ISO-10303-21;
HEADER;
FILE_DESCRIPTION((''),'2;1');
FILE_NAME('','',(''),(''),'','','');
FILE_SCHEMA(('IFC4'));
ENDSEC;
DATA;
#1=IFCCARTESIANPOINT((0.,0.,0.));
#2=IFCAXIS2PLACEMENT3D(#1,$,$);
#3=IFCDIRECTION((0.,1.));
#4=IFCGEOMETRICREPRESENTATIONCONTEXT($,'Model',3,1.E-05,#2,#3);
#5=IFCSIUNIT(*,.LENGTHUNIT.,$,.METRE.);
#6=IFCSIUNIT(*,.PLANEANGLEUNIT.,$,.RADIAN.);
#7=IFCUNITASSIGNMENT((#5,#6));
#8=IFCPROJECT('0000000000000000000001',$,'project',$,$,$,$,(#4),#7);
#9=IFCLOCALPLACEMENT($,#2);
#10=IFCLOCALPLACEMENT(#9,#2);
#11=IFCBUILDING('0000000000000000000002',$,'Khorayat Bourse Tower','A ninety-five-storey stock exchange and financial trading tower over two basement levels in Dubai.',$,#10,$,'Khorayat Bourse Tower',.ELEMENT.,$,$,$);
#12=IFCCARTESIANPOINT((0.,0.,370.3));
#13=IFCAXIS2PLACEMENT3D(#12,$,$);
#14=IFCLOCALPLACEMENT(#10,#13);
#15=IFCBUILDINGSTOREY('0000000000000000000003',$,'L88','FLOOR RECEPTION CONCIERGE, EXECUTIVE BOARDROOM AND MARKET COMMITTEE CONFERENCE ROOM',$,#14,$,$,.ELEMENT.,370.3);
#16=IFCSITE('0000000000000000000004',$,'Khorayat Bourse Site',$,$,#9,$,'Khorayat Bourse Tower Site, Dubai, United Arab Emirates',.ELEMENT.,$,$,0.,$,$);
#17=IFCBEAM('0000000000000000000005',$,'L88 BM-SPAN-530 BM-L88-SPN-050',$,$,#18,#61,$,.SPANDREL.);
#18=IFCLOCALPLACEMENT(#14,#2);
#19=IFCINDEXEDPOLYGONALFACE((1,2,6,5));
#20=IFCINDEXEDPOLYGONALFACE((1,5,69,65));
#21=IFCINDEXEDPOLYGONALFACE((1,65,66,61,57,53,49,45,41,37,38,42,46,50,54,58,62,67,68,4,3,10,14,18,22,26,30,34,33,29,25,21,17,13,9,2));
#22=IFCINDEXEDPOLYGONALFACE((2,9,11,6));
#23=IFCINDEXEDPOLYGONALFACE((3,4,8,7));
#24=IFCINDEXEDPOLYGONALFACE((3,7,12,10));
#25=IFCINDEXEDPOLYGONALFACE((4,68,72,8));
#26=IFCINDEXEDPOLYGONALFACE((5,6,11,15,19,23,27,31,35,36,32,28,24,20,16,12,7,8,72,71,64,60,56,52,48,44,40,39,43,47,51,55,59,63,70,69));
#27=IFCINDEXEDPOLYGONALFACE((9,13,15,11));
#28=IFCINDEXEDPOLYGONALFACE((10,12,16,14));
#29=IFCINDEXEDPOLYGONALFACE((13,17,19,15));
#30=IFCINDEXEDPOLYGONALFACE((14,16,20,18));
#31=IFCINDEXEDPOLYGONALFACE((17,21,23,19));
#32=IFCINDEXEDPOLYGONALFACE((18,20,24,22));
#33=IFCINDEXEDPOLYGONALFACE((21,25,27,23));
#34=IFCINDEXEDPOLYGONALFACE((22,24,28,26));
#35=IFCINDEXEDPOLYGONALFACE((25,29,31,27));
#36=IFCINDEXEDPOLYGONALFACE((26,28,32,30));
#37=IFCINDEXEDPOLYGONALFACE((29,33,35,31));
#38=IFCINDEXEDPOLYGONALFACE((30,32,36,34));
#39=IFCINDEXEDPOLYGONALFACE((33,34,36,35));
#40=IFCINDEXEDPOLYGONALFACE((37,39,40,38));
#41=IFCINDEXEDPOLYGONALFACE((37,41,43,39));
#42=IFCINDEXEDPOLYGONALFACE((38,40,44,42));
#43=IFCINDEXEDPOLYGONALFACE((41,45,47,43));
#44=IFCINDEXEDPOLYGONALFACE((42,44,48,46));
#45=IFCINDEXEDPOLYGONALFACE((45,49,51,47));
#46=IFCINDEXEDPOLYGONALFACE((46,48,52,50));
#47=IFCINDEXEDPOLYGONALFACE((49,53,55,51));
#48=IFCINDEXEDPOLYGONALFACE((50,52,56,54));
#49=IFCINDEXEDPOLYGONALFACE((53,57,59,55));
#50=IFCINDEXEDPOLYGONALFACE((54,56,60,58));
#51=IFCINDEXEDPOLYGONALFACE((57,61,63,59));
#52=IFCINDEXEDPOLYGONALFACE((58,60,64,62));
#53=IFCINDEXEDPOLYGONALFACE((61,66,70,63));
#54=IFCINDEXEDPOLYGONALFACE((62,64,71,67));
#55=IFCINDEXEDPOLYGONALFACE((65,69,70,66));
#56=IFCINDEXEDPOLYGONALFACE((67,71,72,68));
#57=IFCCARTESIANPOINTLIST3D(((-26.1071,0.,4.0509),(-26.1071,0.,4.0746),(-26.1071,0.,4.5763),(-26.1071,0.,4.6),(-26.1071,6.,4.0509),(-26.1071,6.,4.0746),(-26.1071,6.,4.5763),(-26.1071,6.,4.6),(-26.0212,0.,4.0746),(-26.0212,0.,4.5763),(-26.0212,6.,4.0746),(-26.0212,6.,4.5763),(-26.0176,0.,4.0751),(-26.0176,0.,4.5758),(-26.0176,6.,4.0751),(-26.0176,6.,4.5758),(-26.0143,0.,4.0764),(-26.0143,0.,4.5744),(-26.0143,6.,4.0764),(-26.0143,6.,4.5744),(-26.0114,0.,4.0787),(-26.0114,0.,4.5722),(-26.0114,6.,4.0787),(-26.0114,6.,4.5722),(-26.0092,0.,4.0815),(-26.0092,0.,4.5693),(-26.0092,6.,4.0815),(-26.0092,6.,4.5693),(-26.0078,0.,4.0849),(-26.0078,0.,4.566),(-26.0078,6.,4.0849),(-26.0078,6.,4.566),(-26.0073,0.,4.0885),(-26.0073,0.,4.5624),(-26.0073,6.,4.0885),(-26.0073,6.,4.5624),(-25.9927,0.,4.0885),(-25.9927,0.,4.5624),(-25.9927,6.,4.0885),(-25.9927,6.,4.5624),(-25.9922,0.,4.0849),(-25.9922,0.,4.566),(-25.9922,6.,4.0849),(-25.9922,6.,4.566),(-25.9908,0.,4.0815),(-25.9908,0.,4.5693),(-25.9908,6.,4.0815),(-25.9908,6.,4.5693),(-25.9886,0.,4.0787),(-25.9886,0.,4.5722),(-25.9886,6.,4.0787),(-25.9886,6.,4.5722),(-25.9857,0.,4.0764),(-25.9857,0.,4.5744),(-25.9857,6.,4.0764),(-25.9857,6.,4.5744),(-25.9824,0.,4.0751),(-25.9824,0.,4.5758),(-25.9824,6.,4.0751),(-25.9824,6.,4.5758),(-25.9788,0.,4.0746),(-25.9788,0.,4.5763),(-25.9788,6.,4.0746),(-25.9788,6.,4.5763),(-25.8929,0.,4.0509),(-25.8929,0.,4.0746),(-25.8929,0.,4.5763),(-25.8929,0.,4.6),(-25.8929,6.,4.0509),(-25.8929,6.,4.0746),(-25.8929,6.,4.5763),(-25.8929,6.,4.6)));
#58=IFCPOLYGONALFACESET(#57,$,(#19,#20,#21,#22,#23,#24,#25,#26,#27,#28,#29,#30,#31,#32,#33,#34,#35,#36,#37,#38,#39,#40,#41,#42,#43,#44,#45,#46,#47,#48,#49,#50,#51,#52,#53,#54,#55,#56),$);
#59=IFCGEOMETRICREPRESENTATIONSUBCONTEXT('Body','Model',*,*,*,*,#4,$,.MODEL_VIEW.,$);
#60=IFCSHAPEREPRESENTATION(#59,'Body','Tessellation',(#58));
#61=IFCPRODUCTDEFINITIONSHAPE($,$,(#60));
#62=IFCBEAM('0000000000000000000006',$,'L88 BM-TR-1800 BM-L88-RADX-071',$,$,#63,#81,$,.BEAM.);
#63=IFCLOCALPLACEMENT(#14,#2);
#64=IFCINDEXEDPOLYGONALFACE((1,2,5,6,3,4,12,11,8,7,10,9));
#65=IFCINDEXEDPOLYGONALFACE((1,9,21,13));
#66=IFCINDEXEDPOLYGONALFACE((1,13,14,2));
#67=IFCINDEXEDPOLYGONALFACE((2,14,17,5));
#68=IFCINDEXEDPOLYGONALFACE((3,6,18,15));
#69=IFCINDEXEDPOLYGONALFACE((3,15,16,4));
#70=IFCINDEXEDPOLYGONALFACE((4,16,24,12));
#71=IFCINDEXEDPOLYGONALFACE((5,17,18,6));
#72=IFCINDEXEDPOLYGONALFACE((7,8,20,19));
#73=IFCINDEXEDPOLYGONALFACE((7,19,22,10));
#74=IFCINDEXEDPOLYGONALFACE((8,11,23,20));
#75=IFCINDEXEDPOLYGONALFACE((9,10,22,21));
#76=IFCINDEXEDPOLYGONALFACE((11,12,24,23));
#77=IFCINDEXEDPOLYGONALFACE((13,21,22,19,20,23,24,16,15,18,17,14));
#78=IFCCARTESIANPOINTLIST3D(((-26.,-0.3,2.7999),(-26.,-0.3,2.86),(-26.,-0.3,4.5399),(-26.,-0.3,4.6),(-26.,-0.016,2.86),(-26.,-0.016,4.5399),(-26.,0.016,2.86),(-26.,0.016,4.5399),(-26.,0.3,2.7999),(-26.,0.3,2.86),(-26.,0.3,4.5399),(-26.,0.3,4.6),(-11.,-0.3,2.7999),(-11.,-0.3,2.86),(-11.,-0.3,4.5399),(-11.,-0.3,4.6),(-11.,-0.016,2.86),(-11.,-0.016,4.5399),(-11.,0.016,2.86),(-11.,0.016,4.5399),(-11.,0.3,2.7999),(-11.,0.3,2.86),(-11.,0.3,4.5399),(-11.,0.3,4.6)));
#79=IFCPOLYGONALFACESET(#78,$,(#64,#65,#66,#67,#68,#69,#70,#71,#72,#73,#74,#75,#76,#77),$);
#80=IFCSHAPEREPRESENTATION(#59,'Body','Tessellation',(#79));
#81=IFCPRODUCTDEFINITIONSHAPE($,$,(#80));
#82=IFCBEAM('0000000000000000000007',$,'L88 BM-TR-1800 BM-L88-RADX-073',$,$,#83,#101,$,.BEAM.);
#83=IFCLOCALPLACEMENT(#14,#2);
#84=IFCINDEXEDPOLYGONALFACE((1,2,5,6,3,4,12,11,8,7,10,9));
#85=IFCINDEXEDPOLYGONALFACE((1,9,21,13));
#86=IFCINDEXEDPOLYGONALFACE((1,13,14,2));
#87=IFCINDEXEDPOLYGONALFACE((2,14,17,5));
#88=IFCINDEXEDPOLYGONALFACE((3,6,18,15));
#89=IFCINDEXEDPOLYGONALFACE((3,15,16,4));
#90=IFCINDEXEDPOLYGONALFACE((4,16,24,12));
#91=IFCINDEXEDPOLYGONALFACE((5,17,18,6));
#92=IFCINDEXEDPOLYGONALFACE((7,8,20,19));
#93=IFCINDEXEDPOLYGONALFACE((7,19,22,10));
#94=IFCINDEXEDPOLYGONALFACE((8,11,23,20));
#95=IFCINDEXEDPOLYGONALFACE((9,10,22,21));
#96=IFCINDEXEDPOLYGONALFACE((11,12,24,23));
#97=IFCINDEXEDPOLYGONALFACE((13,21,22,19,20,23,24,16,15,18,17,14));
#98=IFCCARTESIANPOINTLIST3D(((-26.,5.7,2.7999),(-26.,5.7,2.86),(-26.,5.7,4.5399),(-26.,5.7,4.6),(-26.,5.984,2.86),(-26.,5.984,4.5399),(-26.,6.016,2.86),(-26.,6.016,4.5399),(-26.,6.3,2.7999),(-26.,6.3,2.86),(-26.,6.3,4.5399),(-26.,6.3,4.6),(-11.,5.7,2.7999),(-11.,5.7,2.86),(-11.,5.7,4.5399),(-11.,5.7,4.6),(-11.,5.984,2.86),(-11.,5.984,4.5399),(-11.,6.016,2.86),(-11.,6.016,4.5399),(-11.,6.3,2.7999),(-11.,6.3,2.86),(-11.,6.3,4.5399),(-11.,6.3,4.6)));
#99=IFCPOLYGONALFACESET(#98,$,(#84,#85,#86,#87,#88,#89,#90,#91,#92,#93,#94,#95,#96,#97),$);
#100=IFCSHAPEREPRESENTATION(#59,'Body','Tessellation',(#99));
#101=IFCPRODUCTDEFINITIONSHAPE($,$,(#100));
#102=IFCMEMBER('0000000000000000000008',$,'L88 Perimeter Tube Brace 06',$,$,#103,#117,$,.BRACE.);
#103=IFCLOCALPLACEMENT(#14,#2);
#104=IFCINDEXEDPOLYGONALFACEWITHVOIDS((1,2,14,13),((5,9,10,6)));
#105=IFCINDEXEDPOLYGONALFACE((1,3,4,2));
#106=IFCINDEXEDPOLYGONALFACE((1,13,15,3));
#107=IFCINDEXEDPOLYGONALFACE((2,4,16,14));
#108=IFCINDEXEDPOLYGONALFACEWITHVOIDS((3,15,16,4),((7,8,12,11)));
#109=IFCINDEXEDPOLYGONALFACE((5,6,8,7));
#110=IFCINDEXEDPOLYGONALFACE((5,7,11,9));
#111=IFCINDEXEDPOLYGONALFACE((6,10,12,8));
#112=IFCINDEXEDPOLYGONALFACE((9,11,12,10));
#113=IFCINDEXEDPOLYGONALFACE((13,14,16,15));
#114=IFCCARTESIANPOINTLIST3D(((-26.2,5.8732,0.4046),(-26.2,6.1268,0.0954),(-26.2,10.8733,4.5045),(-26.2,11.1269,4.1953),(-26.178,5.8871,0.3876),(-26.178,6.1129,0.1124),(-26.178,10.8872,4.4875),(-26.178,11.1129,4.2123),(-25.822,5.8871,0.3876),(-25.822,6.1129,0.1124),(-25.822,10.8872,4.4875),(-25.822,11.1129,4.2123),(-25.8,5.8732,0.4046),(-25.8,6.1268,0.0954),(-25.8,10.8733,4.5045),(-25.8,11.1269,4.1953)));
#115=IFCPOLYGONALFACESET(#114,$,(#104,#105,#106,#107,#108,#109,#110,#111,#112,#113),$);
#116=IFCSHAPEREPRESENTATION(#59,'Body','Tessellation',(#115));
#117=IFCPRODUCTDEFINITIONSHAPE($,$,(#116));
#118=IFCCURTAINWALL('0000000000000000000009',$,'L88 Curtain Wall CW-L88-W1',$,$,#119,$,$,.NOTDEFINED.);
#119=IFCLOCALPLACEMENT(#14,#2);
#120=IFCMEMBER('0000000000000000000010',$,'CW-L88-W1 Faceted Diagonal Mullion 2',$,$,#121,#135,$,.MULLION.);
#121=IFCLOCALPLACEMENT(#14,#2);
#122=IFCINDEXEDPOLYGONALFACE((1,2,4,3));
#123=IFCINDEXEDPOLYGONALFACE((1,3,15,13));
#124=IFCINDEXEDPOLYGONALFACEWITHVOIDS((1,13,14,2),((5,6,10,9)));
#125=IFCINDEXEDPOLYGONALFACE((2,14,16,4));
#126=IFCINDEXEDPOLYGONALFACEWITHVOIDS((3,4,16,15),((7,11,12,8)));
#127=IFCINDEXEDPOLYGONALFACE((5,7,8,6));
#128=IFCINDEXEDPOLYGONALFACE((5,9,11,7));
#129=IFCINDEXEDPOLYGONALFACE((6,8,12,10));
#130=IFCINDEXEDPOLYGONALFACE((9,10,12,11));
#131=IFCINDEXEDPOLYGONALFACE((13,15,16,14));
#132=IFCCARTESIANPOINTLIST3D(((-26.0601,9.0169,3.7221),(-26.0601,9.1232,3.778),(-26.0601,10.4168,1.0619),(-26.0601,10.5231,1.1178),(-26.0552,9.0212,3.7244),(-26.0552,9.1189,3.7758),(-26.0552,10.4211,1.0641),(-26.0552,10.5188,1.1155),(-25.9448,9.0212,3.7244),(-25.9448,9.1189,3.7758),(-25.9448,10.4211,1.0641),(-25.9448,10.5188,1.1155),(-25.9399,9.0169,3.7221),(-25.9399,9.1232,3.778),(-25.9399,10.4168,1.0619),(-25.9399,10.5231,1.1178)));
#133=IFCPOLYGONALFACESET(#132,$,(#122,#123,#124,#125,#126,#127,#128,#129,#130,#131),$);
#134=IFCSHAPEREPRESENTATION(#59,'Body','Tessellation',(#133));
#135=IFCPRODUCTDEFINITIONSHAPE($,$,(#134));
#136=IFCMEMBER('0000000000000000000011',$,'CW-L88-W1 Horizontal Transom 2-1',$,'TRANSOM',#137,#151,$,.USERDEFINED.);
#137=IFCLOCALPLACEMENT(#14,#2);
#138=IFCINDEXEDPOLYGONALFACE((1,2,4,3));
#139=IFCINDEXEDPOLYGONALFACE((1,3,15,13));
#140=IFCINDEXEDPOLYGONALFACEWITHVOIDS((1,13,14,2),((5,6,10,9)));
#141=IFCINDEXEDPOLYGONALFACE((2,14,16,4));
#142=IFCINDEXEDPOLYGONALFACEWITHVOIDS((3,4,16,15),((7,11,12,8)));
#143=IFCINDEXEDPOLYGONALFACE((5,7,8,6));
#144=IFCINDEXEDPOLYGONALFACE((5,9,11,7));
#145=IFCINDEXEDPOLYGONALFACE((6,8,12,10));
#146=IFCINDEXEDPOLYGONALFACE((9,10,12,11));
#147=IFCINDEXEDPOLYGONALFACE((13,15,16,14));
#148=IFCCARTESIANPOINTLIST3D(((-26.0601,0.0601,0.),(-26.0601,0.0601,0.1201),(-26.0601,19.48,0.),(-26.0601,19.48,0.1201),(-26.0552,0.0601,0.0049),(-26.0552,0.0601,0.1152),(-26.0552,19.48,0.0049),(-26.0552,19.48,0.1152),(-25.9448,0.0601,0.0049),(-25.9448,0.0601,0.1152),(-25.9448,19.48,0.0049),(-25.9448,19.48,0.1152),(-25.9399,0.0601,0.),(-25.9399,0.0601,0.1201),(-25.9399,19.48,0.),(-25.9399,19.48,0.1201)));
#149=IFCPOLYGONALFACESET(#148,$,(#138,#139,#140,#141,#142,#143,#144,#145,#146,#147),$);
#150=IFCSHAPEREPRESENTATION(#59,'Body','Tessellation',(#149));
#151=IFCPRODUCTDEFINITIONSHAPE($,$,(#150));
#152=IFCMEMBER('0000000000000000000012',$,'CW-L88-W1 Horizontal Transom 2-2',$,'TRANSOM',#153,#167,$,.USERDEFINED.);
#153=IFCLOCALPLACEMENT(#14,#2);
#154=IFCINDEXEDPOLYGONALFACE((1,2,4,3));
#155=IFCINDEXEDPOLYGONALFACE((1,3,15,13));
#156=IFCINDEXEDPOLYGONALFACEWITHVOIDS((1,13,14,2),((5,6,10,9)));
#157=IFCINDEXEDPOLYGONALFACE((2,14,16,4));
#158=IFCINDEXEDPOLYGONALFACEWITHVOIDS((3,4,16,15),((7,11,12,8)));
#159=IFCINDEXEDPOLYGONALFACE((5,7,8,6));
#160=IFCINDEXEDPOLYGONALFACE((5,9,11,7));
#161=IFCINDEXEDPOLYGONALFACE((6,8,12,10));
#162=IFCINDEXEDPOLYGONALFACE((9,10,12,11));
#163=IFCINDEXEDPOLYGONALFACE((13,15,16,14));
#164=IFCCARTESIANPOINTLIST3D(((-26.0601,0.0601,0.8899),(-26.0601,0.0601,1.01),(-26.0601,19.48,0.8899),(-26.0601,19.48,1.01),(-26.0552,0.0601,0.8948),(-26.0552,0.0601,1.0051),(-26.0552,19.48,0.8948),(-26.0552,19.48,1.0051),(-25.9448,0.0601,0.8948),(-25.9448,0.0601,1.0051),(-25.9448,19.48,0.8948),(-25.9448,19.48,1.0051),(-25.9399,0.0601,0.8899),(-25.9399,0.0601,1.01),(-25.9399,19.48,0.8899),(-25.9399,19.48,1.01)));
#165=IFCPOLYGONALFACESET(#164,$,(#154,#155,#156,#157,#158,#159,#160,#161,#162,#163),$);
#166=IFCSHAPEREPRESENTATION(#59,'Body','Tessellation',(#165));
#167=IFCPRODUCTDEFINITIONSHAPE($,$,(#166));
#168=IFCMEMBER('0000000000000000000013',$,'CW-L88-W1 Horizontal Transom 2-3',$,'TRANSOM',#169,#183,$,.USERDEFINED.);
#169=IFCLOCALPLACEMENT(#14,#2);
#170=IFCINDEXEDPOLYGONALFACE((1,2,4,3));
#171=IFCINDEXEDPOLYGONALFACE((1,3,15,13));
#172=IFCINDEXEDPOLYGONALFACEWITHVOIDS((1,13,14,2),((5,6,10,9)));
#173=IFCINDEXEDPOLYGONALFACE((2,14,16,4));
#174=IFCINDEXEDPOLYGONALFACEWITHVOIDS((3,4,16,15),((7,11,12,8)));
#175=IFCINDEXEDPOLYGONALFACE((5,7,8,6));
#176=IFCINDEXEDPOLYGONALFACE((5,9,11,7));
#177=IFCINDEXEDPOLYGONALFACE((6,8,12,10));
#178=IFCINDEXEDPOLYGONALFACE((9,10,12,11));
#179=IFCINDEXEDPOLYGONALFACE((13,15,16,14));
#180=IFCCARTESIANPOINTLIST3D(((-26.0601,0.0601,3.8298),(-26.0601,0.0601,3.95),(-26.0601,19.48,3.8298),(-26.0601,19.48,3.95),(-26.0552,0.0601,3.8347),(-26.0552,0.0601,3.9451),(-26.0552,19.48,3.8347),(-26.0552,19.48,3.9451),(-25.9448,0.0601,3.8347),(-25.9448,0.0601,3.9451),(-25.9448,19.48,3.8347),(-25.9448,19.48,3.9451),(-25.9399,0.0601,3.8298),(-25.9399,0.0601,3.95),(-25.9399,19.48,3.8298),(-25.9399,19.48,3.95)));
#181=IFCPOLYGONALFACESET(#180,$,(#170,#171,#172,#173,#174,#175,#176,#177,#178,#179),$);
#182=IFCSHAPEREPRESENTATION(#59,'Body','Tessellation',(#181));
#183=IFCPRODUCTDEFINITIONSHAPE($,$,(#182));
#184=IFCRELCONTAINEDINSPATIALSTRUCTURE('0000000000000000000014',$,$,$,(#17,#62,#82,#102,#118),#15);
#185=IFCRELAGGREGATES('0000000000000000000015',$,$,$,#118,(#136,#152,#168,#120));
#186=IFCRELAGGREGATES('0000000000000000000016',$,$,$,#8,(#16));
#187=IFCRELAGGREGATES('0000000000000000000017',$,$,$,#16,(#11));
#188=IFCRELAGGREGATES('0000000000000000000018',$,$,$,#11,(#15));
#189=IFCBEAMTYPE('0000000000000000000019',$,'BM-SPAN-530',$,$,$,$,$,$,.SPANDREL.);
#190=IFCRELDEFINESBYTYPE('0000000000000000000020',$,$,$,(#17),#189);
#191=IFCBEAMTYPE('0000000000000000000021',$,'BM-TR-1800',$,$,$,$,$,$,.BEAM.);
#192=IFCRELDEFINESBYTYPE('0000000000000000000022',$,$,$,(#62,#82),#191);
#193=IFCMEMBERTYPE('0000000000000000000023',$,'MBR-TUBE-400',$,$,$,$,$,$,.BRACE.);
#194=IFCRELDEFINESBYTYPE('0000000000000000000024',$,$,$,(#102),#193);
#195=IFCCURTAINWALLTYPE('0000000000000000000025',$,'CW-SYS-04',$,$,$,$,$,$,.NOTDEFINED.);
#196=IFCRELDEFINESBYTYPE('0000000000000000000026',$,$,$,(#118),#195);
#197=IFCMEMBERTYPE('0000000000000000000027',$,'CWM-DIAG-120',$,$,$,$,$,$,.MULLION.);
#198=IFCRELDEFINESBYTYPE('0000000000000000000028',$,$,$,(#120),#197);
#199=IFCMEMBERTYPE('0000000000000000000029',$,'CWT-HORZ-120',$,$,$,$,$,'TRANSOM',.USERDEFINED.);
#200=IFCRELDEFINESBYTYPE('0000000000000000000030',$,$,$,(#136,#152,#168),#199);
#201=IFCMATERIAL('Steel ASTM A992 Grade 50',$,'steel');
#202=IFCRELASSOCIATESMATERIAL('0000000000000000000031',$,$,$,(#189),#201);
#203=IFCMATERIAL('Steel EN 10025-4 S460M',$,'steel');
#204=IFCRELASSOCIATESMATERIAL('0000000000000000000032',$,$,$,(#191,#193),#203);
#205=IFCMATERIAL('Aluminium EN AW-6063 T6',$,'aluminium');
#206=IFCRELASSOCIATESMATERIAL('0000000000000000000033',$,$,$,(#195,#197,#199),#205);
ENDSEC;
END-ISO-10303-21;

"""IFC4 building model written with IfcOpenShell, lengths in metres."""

from ifc_helpers import new_model, si_unit, direction, frame, origin, origin_2d, place, context, subcontext, project, spatial, hollow_rectangle, i_section, extrude, source, transform, mapped, material, material_profile, profile_set, type_object, element, aggregate, save


model = new_model("IFC4")

# Units and contexts
model_context = context("Model", 3, precision=1e-05, world=origin(), true_north=direction((0.0, 1.0)))
body_context = subcontext(model_context, "Body", "Model", "MODEL_VIEW")
ifc_project = project(units=[si_unit("LENGTHUNIT", "METRE"), si_unit("PLANEANGLEUNIT", "RADIAN")], contexts=[model_context])

# Site, building, storey
site_placement = place(None, origin())
site = spatial("IfcSite", under=ifc_project, at=site_placement, Name="Khorayat Bourse Site", LongName="Khorayat Bourse Tower Site, Dubai, United Arab Emirates", CompositionType="ELEMENT", RefElevation=0.0)
building_placement = place(site_placement, origin())
building = spatial("IfcBuilding", under=site, at=building_placement, Name="Khorayat Bourse Tower", Description="A ninety-five-storey stock exchange and financial trading tower over two basement levels in Dubai.", LongName="Khorayat Bourse Tower", CompositionType="ELEMENT")
storey_placement = place(building_placement, frame((0.0, 0.0, 370.3)))
storey = spatial("IfcBuildingStorey", under=building, at=storey_placement, Name="L88", Description="FLOOR RECEPTION CONCIERGE, EXECUTIVE BOARDROOM AND MARKET COMMITTEE CONFERENCE ROOM", CompositionType="ELEMENT", Elevation=370.3)

# Beams
ifc_material_1 = material(Name="Steel ASTM A992 Grade 50", Category="steel")
ifc_material_profile_1 = material_profile(ifc_material_1, i_section(OverallWidth=0.2141, OverallDepth=0.5491, WebThickness=0.0146, FlangeThickness=0.0237, FilletRadius=0.0139, at=origin_2d()), Name="W530X138")
ifc_profile_set_1 = profile_set([ifc_material_profile_1], Name="Steel ASTM A992 Grade 50")
beam_type_1 = type_object("IfcBeamType", Name="BM-SPAN-530", PredefinedType="SPANDREL", material=ifc_profile_set_1)
shared_shape_1 = source(origin(), body_context, "Body", "SweptSolid", [
    extrude(i_section(OverallWidth=0.2141, OverallDepth=0.5491, WebThickness=0.0146, FlangeThickness=0.0237, FilletRadius=0.0139, at=origin_2d()), origin(), (0.0, 0.0, 1.0), 6.0),
])
beam_1_placement = place(storey_placement, frame((-26.0, 0.0, 4.3254), z_axis=(0.0, 1.0, 0.0), x_axis=(-1.0, 0.0, 0.0)))
element("IfcBeam", 1, at=beam_1_placement, inside=storey, type_object=beam_type_1, Name="L88 BM-SPAN-530 BM-L88-SPN-050", PredefinedType="SPANDREL", context=body_context, shape_type="MappedRepresentation", body=[
    mapped(shared_shape_1, transform((0.0, 0.0, 0.0), scale=1.0)),
])
ifc_material_2 = material(Name="Steel EN 10025-4 S460M", Category="steel")
ifc_material_profile_2 = material_profile(ifc_material_2, i_section(OverallWidth=0.6001, OverallDepth=1.8, WebThickness=0.032, FlangeThickness=0.0601, at=origin_2d()), Name="PG 1800x600x32x60")
ifc_profile_set_2 = profile_set([ifc_material_profile_2], Name="Steel EN 10025-4 S460M")
beam_type_2 = type_object("IfcBeamType", Name="BM-TR-1800", PredefinedType="BEAM", material=ifc_profile_set_2)
shared_shape_2 = source(origin(), body_context, "Body", "SweptSolid", [
    extrude(i_section(OverallWidth=0.6001, OverallDepth=1.8, WebThickness=0.032, FlangeThickness=0.0601, at=origin_2d()), origin(), (0.0, 0.0, 1.0), 15.0),
])
for number, where, z_axis, x_axis, name in (
    (2, (-26.0, 0.0, 3.7), (1.0, 0.0, 0.0), (0.0, 1.0, 0.0), "L88 BM-TR-1800 BM-L88-RADX-071"),
    (3, (-26.0, 6.0, 3.7), (1.0, 0.0, 0.0), (0.0, 1.0, 0.0), "L88 BM-TR-1800 BM-L88-RADX-073"),
):
    element("IfcBeam", number, at=place(storey_placement, frame(where, z_axis=z_axis, x_axis=x_axis)), inside=storey, type_object=beam_type_2, Name=name, PredefinedType="BEAM", context=body_context, shape_type="MappedRepresentation", body=[
        mapped(shared_shape_2, transform((0.0, 0.0, 0.0), scale=1.0)),
    ])

# Member
ifc_material_profile_3 = material_profile(ifc_material_2, hollow_rectangle(XDim=0.3999, YDim=0.3999, WallThickness=0.022, at=origin_2d()), Name="HSS 400x400x22")
ifc_profile_set_3 = profile_set([ifc_material_profile_3], Name="Steel EN 10025-4 S460M")
member_type_1 = type_object("IfcMemberType", Name="MBR-TUBE-400", PredefinedType="BRACE", material=ifc_profile_set_3)
shared_shape_3 = source(origin(), body_context, "Body", "SweptSolid", [
    extrude(hollow_rectangle(XDim=0.3999, YDim=0.3999, WallThickness=0.022, at=origin_2d()), origin(), (0.0, 0.0, 1.0), 6.4661),
])
member_1_placement = place(storey_placement, frame((-26.0, 6.0, 0.25), z_axis=(0.0, 0.773279, 0.634066), x_axis=(-1.0, 0.0, 0.0)))
element("IfcMember", 4, at=member_1_placement, inside=storey, type_object=member_type_1, Name="L88 Perimeter Tube Brace 06", PredefinedType="BRACE", context=body_context, shape_type="MappedRepresentation", body=[
    mapped(shared_shape_3, transform((0.0, 0.0, 0.0), scale=1.0)),
])

# Curtain wall, members
ifc_material_3 = material(Name="Aluminium EN AW-6063 T6", Category="aluminium")
curtain_wall_type = type_object("IfcCurtainWallType", Name="CW-SYS-04", PredefinedType="NOTDEFINED", material=ifc_material_3)
curtain_wall_placement = place(storey_placement, origin())
curtain_wall = element("IfcCurtainWall", 5, at=curtain_wall_placement, inside=storey, type_object=curtain_wall_type, Name="L88 Curtain Wall CW-L88-W1", PredefinedType="NOTDEFINED")
ifc_material_profile_4 = material_profile(ifc_material_3, hollow_rectangle(XDim=0.1201, YDim=0.1201, WallThickness=0.0049, at=origin_2d()), Name="ALU 120x120x5")
ifc_profile_set_4 = profile_set([ifc_material_profile_4], Name="Aluminium EN AW-6063 T6")
member_type_2 = type_object("IfcMemberType", Name="CWM-DIAG-120", PredefinedType="MULLION", material=ifc_profile_set_4)
shared_shape_4 = source(origin(), body_context, "Body", "SweptSolid", [
    extrude(hollow_rectangle(XDim=0.1201, YDim=0.1201, WallThickness=0.0049, at=origin_2d()), origin(), (0.0, 0.0, 1.0), 3.0061),
])
member_2_placement = place(storey_placement, frame((-26.0, 10.47, 1.0898), z_axis=(0.0, -0.4657, 0.884943), x_axis=(1.0, 0.0, 0.0)))
member_2 = element("IfcMember", 6, at=member_2_placement, type_object=member_type_2, Name="CW-L88-W1 Faceted Diagonal Mullion 2", PredefinedType="MULLION", context=body_context, shape_type="MappedRepresentation", body=[
    mapped(shared_shape_4, transform((0.0, 0.0, 0.0), scale=1.0)),
])
ifc_material_profile_5 = material_profile(ifc_material_3, hollow_rectangle(XDim=0.1201, YDim=0.1201, WallThickness=0.0049, at=origin_2d()), Name="ALU 120x120x5")
ifc_profile_set_5 = profile_set([ifc_material_profile_5], Name="Aluminium EN AW-6063 T6")
member_type_3 = type_object("IfcMemberType", Name="CWT-HORZ-120", ElementType="TRANSOM", PredefinedType="USERDEFINED", material=ifc_profile_set_5)
shared_shape_5 = source(origin(), body_context, "Body", "SweptSolid", [
    extrude(hollow_rectangle(XDim=0.1201, YDim=0.1201, WallThickness=0.0049, at=origin_2d()), origin(), (0.0, 0.0, 1.0), 19.4199),
])
member_3_placement = place(storey_placement, frame((-26.0, 0.0601, 0.0601), z_axis=(0.0, 1.0, 0.0), x_axis=(-1.0, 0.0, 0.0)))
member_3 = element("IfcMember", 7, at=member_3_placement, type_object=member_type_3, Name="CW-L88-W1 Horizontal Transom 2-1", ObjectType="TRANSOM", PredefinedType="USERDEFINED", context=body_context, shape_type="MappedRepresentation", body=[
    mapped(shared_shape_5, transform((0.0, 0.0, 0.0), scale=1.0)),
])
member_4_placement = place(storey_placement, frame((-26.0, 0.0601, 0.95), z_axis=(0.0, 1.0, 0.0), x_axis=(-1.0, 0.0, 0.0)))
member_4 = element("IfcMember", 8, at=member_4_placement, type_object=member_type_3, Name="CW-L88-W1 Horizontal Transom 2-2", ObjectType="TRANSOM", PredefinedType="USERDEFINED", context=body_context, shape_type="MappedRepresentation", body=[
    mapped(shared_shape_5, transform((0.0, 0.0, 0.0), scale=1.0)),
])
member_5_placement = place(storey_placement, frame((-26.0, 0.0601, 3.8899), z_axis=(0.0, 1.0, 0.0), x_axis=(-1.0, 0.0, 0.0)))
member_5 = element("IfcMember", 9, at=member_5_placement, type_object=member_type_3, Name="CW-L88-W1 Horizontal Transom 2-3", ObjectType="TRANSOM", PredefinedType="USERDEFINED", context=body_context, shape_type="MappedRepresentation", body=[
    mapped(shared_shape_5, transform((0.0, 0.0, 0.0), scale=1.0)),
])

aggregate(curtain_wall, [member_3, member_4, member_5, member_2])

save(model, "model.ifc")
